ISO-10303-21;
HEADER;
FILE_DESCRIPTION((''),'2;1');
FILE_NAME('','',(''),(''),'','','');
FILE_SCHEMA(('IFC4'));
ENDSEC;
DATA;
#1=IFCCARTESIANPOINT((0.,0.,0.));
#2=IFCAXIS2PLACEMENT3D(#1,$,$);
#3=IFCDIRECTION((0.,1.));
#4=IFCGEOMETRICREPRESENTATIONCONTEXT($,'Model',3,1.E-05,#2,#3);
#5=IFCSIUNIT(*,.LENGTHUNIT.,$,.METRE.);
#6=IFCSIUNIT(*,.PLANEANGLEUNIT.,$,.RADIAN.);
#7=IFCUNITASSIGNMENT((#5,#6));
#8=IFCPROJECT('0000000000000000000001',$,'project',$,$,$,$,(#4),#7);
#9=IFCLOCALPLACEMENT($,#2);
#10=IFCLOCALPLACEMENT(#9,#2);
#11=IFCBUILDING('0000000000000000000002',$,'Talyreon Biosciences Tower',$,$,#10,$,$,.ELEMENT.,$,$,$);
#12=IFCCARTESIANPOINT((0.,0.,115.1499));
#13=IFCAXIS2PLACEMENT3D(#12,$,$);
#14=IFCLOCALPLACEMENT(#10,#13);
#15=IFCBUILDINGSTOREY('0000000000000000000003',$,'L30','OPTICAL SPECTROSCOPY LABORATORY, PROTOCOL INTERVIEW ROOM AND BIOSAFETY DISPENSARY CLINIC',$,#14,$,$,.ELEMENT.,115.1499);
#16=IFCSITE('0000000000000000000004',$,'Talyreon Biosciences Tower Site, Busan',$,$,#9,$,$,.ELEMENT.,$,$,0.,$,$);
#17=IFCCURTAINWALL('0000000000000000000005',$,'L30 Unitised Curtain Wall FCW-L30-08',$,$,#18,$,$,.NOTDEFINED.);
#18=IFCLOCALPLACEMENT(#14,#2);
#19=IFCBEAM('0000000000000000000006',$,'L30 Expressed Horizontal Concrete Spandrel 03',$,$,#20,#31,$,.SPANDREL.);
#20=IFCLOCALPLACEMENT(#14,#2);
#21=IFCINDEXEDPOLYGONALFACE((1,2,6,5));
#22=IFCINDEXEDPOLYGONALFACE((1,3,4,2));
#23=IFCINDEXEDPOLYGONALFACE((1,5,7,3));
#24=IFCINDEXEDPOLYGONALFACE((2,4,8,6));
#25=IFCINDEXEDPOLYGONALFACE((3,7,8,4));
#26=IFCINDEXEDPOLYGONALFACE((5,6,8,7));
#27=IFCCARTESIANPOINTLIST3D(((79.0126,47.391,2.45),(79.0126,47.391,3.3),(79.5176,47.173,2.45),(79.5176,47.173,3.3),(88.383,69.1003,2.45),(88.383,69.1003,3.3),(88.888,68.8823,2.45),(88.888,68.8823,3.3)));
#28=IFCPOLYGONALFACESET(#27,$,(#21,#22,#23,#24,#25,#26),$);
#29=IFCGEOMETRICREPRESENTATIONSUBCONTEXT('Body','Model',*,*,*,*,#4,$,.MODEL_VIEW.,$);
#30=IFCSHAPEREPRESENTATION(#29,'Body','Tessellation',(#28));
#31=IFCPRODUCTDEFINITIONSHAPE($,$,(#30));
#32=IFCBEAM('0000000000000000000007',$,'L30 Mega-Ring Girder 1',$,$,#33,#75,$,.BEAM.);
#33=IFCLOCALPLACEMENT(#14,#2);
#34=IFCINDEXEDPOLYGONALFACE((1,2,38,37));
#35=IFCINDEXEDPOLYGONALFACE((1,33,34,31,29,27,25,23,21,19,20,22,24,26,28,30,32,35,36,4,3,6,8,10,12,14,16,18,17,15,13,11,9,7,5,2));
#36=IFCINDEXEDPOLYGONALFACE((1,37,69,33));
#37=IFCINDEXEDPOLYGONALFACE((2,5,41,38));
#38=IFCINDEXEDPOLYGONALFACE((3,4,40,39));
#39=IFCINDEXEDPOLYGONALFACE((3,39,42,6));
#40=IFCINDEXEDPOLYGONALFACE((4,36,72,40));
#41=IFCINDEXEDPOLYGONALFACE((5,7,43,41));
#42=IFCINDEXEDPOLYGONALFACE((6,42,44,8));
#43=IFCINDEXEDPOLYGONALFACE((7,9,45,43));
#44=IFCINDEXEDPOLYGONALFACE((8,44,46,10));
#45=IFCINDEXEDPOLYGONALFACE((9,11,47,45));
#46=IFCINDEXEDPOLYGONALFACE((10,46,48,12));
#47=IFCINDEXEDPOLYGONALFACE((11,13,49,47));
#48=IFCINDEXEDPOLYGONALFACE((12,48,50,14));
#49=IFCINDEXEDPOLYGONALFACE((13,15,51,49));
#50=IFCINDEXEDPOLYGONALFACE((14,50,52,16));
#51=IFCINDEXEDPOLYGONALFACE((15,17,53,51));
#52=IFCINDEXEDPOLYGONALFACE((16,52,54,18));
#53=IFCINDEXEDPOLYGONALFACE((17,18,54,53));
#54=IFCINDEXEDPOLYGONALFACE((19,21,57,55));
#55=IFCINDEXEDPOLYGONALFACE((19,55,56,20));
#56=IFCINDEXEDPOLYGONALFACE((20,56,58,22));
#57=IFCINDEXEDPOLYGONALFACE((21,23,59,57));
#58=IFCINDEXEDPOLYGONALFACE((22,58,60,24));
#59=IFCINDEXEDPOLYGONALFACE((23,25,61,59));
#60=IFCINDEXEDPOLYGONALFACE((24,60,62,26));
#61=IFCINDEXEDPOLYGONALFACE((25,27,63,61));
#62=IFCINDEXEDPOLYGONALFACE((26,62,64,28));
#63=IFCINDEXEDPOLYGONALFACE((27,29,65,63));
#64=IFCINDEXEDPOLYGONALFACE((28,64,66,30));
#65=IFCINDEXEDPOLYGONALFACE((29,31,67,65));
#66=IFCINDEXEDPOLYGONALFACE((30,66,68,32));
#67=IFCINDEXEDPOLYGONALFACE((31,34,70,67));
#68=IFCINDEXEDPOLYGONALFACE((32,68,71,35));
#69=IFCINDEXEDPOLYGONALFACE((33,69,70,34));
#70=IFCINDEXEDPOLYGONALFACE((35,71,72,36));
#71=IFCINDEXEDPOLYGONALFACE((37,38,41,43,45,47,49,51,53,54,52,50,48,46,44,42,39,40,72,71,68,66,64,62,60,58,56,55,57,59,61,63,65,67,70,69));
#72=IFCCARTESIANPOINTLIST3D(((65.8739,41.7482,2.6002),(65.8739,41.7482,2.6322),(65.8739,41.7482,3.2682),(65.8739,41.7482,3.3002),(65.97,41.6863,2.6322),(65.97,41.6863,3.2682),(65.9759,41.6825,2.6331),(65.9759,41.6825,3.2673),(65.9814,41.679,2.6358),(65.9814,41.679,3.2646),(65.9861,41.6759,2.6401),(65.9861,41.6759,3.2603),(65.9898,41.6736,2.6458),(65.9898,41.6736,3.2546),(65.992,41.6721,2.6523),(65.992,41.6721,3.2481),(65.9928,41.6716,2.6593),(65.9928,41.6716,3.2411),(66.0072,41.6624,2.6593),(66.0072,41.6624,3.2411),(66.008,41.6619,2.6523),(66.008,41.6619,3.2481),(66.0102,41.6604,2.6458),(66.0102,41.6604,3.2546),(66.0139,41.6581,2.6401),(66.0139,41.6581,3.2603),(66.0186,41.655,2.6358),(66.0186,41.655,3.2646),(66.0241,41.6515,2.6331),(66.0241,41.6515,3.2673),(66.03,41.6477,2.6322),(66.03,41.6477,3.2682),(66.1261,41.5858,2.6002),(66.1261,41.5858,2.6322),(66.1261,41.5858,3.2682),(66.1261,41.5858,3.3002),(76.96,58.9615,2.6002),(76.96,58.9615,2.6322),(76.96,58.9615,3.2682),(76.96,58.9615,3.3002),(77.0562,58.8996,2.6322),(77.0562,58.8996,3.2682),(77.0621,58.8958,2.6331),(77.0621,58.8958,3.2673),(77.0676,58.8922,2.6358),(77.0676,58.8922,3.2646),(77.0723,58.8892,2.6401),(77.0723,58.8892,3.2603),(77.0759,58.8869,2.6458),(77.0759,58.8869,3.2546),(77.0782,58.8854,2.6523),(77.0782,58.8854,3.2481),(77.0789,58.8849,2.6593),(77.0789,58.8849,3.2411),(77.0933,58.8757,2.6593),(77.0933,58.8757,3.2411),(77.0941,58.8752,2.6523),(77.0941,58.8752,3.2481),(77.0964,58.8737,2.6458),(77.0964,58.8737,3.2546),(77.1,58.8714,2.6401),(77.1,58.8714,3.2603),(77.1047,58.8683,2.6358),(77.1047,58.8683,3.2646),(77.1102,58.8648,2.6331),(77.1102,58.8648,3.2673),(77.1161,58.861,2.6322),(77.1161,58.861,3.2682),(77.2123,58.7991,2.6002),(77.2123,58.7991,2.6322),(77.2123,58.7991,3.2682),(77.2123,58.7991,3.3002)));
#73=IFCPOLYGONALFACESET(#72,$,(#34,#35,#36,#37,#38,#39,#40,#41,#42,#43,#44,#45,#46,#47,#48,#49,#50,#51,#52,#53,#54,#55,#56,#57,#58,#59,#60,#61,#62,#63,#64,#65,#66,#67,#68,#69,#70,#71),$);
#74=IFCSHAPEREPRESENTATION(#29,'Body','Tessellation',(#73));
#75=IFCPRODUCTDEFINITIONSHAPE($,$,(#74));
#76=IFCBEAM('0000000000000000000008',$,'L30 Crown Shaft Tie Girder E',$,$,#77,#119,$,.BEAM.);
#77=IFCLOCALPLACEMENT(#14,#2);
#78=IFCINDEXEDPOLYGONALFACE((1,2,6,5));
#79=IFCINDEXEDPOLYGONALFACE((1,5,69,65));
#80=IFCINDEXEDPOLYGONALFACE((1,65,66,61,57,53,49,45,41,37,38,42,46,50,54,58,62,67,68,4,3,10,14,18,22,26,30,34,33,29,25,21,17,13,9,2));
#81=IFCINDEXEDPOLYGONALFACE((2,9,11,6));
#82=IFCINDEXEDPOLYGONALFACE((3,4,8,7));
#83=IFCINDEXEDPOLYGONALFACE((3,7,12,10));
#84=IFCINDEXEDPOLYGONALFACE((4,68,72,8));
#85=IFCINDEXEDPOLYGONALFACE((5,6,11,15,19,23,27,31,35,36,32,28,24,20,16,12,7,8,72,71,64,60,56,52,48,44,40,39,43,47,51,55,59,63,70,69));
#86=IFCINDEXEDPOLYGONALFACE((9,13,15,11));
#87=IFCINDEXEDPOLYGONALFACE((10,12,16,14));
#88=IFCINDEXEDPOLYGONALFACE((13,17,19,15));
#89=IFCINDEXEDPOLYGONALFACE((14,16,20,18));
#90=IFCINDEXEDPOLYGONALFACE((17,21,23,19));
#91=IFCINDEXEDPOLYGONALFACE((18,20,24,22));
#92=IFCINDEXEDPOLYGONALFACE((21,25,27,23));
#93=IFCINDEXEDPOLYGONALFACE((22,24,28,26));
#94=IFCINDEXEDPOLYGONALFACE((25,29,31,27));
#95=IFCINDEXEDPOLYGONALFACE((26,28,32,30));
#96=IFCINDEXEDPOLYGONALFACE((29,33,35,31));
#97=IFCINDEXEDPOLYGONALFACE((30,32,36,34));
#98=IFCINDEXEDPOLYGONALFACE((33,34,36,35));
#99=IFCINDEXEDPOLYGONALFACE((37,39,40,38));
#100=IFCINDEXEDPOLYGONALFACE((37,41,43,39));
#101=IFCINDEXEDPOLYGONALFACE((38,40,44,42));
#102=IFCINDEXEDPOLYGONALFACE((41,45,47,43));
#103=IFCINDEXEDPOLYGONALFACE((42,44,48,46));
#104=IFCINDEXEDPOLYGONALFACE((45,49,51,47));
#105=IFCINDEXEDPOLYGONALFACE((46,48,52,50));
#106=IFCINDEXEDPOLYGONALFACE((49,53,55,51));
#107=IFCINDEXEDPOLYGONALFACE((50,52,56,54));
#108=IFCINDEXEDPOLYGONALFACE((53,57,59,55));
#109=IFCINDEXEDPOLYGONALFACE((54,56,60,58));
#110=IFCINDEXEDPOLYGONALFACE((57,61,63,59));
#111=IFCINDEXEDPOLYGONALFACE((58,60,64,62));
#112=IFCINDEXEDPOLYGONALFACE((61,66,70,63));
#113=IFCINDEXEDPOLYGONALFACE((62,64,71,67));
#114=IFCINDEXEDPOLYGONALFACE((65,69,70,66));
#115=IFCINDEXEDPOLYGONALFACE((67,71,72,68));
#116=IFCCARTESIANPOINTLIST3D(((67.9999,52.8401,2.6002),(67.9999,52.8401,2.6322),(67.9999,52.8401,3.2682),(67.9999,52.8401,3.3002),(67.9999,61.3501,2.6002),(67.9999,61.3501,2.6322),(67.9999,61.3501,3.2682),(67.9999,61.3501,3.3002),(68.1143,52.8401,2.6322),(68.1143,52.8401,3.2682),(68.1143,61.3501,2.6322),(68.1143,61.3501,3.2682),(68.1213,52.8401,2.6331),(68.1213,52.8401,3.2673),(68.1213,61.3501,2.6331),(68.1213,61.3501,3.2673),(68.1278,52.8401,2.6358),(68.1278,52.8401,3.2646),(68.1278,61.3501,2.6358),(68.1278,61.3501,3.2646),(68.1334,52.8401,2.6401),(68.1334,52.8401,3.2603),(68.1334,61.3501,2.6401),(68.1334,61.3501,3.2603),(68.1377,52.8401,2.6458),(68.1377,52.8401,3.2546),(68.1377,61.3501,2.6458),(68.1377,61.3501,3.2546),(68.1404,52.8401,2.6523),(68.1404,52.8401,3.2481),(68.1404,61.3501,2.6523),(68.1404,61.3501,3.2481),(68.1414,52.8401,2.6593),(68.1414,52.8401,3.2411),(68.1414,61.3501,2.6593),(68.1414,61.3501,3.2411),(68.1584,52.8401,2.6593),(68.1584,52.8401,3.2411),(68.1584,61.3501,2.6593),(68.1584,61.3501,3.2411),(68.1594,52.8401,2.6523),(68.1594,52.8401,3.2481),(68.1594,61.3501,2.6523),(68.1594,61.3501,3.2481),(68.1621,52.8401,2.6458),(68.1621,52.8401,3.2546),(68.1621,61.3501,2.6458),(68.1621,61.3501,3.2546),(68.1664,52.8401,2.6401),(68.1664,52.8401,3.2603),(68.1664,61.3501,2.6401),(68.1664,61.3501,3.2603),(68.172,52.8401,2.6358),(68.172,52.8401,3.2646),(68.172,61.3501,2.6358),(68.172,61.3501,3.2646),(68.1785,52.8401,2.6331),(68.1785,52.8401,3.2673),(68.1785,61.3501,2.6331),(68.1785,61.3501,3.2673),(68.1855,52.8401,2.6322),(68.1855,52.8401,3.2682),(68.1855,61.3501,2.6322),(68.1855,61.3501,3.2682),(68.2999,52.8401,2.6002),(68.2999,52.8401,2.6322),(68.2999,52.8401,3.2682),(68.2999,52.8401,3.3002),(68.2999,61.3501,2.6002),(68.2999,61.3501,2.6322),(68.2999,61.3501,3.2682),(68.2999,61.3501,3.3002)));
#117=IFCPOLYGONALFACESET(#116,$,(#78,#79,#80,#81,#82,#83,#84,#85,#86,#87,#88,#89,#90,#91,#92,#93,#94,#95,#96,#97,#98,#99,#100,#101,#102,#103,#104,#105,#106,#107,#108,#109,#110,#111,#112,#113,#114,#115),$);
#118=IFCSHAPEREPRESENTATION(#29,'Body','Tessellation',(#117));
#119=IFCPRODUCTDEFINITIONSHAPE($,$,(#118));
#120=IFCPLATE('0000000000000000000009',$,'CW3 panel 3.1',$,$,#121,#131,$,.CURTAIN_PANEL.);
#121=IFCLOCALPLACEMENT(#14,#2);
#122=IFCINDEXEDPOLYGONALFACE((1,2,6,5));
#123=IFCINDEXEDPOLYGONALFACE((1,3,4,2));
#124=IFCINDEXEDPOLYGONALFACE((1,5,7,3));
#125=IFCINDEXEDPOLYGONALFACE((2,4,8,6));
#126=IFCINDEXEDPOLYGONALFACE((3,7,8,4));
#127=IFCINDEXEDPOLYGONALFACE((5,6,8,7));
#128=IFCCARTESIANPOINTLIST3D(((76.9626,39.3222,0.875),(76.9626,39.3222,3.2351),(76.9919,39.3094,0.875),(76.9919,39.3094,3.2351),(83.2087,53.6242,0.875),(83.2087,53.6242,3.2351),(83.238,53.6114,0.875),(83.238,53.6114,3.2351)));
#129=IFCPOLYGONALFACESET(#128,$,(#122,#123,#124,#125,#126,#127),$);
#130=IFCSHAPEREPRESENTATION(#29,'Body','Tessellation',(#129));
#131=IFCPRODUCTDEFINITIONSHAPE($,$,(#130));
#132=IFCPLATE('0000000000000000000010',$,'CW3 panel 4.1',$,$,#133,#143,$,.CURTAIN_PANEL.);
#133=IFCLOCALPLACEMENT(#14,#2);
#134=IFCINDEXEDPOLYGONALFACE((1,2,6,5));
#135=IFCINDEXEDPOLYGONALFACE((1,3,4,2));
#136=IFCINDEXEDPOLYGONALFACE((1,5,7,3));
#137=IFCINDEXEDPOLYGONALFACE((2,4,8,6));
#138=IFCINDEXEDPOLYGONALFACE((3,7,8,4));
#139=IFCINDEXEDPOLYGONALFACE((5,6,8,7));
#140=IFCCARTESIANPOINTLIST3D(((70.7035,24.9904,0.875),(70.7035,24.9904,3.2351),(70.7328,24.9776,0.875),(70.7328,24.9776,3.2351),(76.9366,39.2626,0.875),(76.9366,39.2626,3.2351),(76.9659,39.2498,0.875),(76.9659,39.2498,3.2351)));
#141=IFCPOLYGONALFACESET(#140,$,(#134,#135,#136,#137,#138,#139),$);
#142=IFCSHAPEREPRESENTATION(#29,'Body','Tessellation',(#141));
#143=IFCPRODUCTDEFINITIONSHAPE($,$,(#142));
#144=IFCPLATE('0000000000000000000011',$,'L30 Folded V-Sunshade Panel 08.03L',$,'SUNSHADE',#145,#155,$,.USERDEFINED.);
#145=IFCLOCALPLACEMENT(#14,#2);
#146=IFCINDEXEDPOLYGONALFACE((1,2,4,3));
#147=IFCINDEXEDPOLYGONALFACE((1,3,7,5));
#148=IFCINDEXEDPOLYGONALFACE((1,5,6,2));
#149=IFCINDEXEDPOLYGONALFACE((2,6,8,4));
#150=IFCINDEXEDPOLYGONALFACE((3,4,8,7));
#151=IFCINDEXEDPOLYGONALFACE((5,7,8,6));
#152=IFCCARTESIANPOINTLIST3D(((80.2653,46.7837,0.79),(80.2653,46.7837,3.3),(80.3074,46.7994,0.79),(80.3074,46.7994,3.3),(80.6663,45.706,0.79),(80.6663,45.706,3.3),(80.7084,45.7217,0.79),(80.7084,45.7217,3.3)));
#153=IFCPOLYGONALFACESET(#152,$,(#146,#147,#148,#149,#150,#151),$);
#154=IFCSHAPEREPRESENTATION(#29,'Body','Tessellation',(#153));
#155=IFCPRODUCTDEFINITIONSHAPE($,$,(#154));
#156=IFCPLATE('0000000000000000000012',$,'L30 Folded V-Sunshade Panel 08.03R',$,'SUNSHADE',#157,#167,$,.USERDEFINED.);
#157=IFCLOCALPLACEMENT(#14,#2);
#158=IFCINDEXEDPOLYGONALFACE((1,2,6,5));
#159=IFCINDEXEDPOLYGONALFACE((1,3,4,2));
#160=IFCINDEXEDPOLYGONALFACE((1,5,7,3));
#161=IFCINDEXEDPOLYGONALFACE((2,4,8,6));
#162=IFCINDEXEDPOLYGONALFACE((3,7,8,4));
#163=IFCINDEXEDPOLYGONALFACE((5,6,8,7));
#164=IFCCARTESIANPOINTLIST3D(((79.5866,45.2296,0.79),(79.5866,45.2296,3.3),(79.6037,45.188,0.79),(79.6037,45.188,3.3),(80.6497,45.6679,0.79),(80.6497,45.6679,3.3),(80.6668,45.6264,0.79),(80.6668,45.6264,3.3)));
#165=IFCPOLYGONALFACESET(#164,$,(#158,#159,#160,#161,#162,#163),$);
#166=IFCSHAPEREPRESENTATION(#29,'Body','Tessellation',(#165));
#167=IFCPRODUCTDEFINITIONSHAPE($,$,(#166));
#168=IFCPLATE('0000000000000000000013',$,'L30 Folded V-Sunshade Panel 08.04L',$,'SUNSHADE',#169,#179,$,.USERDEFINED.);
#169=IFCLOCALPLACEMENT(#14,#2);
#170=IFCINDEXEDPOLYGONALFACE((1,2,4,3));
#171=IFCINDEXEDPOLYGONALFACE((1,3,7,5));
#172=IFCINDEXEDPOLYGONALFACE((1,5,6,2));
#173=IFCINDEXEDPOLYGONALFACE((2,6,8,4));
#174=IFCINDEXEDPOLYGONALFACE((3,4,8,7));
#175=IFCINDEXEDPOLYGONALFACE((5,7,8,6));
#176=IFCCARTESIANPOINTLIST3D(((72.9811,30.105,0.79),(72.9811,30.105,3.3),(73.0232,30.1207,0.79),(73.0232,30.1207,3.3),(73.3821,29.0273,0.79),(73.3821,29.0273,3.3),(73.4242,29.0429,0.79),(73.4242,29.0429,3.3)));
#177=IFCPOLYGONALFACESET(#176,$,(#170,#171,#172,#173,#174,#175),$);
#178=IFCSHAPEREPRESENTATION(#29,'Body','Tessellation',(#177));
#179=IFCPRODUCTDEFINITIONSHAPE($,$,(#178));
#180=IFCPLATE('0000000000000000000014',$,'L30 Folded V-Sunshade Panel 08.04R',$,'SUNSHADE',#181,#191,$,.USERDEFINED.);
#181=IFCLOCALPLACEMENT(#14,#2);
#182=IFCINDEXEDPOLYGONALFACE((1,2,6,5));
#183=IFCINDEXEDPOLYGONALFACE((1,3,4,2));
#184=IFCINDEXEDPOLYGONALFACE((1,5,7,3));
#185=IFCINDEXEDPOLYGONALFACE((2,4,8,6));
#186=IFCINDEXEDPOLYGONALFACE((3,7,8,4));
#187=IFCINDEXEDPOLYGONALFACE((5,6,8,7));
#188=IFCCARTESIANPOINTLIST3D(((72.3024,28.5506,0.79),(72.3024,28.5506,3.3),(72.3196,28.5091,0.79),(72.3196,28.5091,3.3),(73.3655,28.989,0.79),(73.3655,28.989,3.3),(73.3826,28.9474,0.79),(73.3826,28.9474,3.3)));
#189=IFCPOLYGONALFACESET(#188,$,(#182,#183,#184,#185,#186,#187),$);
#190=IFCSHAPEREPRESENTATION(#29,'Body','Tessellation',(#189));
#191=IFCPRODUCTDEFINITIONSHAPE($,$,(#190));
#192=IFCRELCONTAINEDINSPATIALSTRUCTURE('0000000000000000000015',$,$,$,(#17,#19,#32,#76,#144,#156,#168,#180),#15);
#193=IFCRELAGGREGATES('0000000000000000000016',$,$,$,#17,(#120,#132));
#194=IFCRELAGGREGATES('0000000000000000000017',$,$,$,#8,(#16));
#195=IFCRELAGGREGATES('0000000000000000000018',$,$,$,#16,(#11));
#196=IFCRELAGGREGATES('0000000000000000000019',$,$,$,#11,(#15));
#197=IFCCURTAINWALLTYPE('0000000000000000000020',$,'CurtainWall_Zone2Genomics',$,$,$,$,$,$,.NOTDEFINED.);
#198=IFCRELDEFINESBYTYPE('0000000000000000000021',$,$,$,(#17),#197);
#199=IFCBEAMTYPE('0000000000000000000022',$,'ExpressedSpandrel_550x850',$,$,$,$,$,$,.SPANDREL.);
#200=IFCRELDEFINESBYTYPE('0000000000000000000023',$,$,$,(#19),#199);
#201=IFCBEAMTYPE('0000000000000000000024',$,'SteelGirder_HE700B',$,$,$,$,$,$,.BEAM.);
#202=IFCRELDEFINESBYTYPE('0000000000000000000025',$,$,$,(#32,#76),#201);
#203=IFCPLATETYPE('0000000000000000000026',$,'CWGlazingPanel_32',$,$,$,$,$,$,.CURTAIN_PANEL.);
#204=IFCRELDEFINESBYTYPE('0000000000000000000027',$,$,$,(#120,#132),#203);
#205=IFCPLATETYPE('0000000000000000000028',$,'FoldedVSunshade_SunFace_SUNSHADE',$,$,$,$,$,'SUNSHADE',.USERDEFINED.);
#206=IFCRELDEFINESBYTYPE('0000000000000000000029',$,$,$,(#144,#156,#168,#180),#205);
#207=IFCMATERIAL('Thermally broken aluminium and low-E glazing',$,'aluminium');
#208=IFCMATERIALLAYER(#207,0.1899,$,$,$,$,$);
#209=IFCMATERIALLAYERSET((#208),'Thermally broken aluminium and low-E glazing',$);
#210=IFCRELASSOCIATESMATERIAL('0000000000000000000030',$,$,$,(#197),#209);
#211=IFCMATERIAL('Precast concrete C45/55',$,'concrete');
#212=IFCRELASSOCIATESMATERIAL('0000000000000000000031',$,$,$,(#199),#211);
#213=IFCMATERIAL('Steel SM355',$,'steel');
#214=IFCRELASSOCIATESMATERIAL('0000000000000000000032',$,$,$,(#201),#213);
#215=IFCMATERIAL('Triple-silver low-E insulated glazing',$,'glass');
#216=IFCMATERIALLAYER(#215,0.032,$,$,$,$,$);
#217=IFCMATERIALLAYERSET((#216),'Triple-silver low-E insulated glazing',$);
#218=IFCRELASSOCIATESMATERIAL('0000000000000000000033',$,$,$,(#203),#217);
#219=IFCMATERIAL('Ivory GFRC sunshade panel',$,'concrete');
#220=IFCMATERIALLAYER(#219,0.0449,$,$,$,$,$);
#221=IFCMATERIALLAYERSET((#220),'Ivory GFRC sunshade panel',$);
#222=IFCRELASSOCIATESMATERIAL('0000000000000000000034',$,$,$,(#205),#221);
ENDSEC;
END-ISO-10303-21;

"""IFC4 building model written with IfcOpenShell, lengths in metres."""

from ifc_helpers import new_model, si_unit, direction, frame, origin, origin_2d, place, context, subcontext, project, spatial, rectangle, i_section, extrude, material, layer, layer_set, material_profile, profile_set, type_object, element, aggregate, save


model = new_model("IFC4")

# Units and contexts
model_context = context("Model", 3, precision=1e-05, world=origin(), true_north=direction((0.0, 1.0)))
body_context = subcontext(model_context, "Body", "Model", "MODEL_VIEW")
ifc_project = project(units=[si_unit("LENGTHUNIT", "METRE"), si_unit("PLANEANGLEUNIT", "RADIAN")], contexts=[model_context])

# Site, building, storey
site_placement = place(None, origin())
site = spatial("IfcSite", under=ifc_project, at=site_placement, Name="Talyreon Biosciences Tower Site, Busan", CompositionType="ELEMENT", RefElevation=0.0)
building_placement = place(site_placement, origin())
building = spatial("IfcBuilding", under=site, at=building_placement, Name="Talyreon Biosciences Tower", CompositionType="ELEMENT")
storey_placement = place(building_placement, frame((0.0, 0.0, 115.1499)))
storey = spatial("IfcBuildingStorey", under=building, at=storey_placement, Name="L30", Description="OPTICAL SPECTROSCOPY LABORATORY, PROTOCOL INTERVIEW ROOM AND BIOSAFETY DISPENSARY CLINIC", CompositionType="ELEMENT", Elevation=115.1499)

# Shared definitions
ifc_material_1 = material(Name="Precast concrete C45/55", Category="concrete")

# Curtain wall
ifc_material_2 = material(Name="Thermally broken aluminium and low-E glazing", Category="aluminium")
ifc_layer_1 = layer(ifc_material_2, 0.1899)
ifc_layer_set_1 = layer_set([ifc_layer_1], Name="Thermally broken aluminium and low-E glazing")
curtain_wall_type = type_object("IfcCurtainWallType", Name="CurtainWall_Zone2Genomics", PredefinedType="NOTDEFINED", material=ifc_layer_set_1)
curtain_wall_placement = place(storey_placement, origin())
curtain_wall = element("IfcCurtainWall", 1, at=curtain_wall_placement, inside=storey, type_object=curtain_wall_type, Name="L30 Unitised Curtain Wall FCW-L30-08", PredefinedType="NOTDEFINED")

# Beams
ifc_material_profile_1 = material_profile(ifc_material_1, rectangle(XDim=0.55, YDim=0.8501, at=origin_2d()), Name="RCB 550x850")
ifc_profile_set_1 = profile_set([ifc_material_profile_1], Name="Precast concrete C45/55")
beam_type_1 = type_object("IfcBeamType", Name="ExpressedSpandrel_550x850", PredefinedType="SPANDREL", material=ifc_profile_set_1)
beam_1_placement = place(storey_placement, frame((79.2651, 47.282, 2.875), z_axis=(0.396291, 0.918125, 0.0), x_axis=(-0.918125, 0.396291, 0.0)))
element("IfcBeam", 2, at=beam_1_placement, inside=storey, type_object=beam_type_1, Name="L30 Expressed Horizontal Concrete Spandrel 03", PredefinedType="SPANDREL", context=body_context, shape_type="SweptSolid", body=[
    extrude(rectangle(XDim=0.55, YDim=0.8501, at=origin_2d()), origin(), (0.0, 0.0, 1.0), 23.6453),
])
ifc_material_3 = material(Name="Steel SM355", Category="steel")
ifc_material_profile_2 = material_profile(ifc_material_3, i_section(OverallWidth=0.3, OverallDepth=0.7, WebThickness=0.0171, FlangeThickness=0.032, FilletRadius=0.0271, at=origin_2d()), Name="HE700B")
ifc_profile_set_2 = profile_set([ifc_material_profile_2], Name="Steel SM355")
beam_type_2 = type_object("IfcBeamType", Name="SteelGirder_HE700B", PredefinedType="BEAM", material=ifc_profile_set_2)
beam_2_placement = place(storey_placement, frame((66.0, 41.667, 2.9502), z_axis=(0.541464, 0.840724, 0.0), x_axis=(-0.840724, 0.541464, 0.0)))
element("IfcBeam", 3, at=beam_2_placement, inside=storey, type_object=beam_type_2, Name="L30 Mega-Ring Girder 1", PredefinedType="BEAM", context=body_context, shape_type="SweptSolid", body=[
    extrude(i_section(OverallWidth=0.3, OverallDepth=0.7, WebThickness=0.0171, FlangeThickness=0.032, FilletRadius=0.0271, at=origin_2d()), origin(), (0.0, 0.0, 1.0), 20.4744),
])
beam_3_placement = place(storey_placement, frame((68.1499, 52.8401, 2.9502), z_axis=(0.0, 1.0, 0.0), x_axis=(-1.0, 0.0, 0.0)))
element("IfcBeam", 4, at=beam_3_placement, inside=storey, type_object=beam_type_2, Name="L30 Crown Shaft Tie Girder E", PredefinedType="BEAM", context=body_context, shape_type="SweptSolid", body=[
    extrude(i_section(OverallWidth=0.3, OverallDepth=0.7, WebThickness=0.0171, FlangeThickness=0.032, FilletRadius=0.0271, at=origin_2d()), origin(), (0.0, 0.0, 1.0), 8.51),
])

# Plates
ifc_material_4 = material(Name="Triple-silver low-E insulated glazing", Category="glass")
ifc_layer_2 = layer(ifc_material_4, 0.032)
ifc_layer_set_2 = layer_set([ifc_layer_2], Name="Triple-silver low-E insulated glazing")
plate_type_1 = type_object("IfcPlateType", Name="CWGlazingPanel_32", PredefinedType="CURTAIN_PANEL", material=ifc_layer_set_2)
plate_1_placement = place(storey_placement, frame((80.1003, 46.4668, 0.875), z_axis=(0.0, 0.0, 1.0), x_axis=(-0.400226, -0.916416, 0.0)))
plate_1 = element("IfcPlate", 5, at=plate_1_placement, type_object=plate_type_1, Name="CW3 panel 3.1", PredefinedType="CURTAIN_PANEL", context=body_context, shape_type="SweptSolid", body=[
    extrude(rectangle(XDim=15.6064, YDim=0.032, at=origin_2d()), origin(), (0.0, 0.0, 1.0), 2.3601),
])
plate_2_placement = place(storey_placement, frame((73.8347, 32.1201, 0.875), z_axis=(0.0, 0.0, 1.0), x_axis=(-0.400226, -0.916416, 0.0)))
plate_2 = element("IfcPlate", 6, at=plate_2_placement, type_object=plate_type_1, Name="CW3 panel 4.1", PredefinedType="CURTAIN_PANEL", context=body_context, shape_type="SweptSolid", body=[
    extrude(rectangle(XDim=15.574, YDim=0.032, at=origin_2d()), origin(), (0.0, 0.0, 1.0), 2.3601),
])
aggregate(curtain_wall, [plate_1, plate_2])

# Plates
ifc_material_5 = material(Name="Ivory GFRC sunshade panel", Category="concrete")
ifc_layer_3 = layer(ifc_material_5, 0.0449)
ifc_layer_set_3 = layer_set([ifc_layer_3], Name="Ivory GFRC sunshade panel")
plate_type_2 = type_object("IfcPlateType", Name="FoldedVSunshade_SunFace_SUNSHADE", ElementType="SUNSHADE", PredefinedType="USERDEFINED", material=ifc_layer_set_3)
for number, where, z_axis, x_axis, name in (
    (7, (80.4868, 46.2527, 0.79), (0.0, 0.0, 1.0), (0.348703, -0.937233, 0.0), "L30 Folded V-Sunshade Panel 08.03L"),
    (8, (80.1267, 45.428, 0.79), (0.0, 0.0, 1.0), (-0.924493, -0.381199, 0.0), "L30 Folded V-Sunshade Panel 08.03R"),
    (9, (73.2026, 29.574, 0.79), (0.0, 0.0, 1.0), (0.348703, -0.937233, 0.0), "L30 Folded V-Sunshade Panel 08.04L"),
    (10, (72.8425, 28.749, 0.79), (0.0, 0.0, 1.0), (-0.924493, -0.381199, 0.0), "L30 Folded V-Sunshade Panel 08.04R"),
):
    element("IfcPlate", number, at=place(storey_placement, frame(where, z_axis=z_axis, x_axis=x_axis)), inside=storey, type_object=plate_type_2, Name=name, ObjectType="SUNSHADE", PredefinedType="USERDEFINED", context=body_context, shape_type="SweptSolid", body=[
        extrude(rectangle(XDim=1.1499, YDim=0.0449, at=origin_2d()), origin(), (0.0, 0.0, 1.0), 2.51),
    ])

save(model, "model.ifc")
